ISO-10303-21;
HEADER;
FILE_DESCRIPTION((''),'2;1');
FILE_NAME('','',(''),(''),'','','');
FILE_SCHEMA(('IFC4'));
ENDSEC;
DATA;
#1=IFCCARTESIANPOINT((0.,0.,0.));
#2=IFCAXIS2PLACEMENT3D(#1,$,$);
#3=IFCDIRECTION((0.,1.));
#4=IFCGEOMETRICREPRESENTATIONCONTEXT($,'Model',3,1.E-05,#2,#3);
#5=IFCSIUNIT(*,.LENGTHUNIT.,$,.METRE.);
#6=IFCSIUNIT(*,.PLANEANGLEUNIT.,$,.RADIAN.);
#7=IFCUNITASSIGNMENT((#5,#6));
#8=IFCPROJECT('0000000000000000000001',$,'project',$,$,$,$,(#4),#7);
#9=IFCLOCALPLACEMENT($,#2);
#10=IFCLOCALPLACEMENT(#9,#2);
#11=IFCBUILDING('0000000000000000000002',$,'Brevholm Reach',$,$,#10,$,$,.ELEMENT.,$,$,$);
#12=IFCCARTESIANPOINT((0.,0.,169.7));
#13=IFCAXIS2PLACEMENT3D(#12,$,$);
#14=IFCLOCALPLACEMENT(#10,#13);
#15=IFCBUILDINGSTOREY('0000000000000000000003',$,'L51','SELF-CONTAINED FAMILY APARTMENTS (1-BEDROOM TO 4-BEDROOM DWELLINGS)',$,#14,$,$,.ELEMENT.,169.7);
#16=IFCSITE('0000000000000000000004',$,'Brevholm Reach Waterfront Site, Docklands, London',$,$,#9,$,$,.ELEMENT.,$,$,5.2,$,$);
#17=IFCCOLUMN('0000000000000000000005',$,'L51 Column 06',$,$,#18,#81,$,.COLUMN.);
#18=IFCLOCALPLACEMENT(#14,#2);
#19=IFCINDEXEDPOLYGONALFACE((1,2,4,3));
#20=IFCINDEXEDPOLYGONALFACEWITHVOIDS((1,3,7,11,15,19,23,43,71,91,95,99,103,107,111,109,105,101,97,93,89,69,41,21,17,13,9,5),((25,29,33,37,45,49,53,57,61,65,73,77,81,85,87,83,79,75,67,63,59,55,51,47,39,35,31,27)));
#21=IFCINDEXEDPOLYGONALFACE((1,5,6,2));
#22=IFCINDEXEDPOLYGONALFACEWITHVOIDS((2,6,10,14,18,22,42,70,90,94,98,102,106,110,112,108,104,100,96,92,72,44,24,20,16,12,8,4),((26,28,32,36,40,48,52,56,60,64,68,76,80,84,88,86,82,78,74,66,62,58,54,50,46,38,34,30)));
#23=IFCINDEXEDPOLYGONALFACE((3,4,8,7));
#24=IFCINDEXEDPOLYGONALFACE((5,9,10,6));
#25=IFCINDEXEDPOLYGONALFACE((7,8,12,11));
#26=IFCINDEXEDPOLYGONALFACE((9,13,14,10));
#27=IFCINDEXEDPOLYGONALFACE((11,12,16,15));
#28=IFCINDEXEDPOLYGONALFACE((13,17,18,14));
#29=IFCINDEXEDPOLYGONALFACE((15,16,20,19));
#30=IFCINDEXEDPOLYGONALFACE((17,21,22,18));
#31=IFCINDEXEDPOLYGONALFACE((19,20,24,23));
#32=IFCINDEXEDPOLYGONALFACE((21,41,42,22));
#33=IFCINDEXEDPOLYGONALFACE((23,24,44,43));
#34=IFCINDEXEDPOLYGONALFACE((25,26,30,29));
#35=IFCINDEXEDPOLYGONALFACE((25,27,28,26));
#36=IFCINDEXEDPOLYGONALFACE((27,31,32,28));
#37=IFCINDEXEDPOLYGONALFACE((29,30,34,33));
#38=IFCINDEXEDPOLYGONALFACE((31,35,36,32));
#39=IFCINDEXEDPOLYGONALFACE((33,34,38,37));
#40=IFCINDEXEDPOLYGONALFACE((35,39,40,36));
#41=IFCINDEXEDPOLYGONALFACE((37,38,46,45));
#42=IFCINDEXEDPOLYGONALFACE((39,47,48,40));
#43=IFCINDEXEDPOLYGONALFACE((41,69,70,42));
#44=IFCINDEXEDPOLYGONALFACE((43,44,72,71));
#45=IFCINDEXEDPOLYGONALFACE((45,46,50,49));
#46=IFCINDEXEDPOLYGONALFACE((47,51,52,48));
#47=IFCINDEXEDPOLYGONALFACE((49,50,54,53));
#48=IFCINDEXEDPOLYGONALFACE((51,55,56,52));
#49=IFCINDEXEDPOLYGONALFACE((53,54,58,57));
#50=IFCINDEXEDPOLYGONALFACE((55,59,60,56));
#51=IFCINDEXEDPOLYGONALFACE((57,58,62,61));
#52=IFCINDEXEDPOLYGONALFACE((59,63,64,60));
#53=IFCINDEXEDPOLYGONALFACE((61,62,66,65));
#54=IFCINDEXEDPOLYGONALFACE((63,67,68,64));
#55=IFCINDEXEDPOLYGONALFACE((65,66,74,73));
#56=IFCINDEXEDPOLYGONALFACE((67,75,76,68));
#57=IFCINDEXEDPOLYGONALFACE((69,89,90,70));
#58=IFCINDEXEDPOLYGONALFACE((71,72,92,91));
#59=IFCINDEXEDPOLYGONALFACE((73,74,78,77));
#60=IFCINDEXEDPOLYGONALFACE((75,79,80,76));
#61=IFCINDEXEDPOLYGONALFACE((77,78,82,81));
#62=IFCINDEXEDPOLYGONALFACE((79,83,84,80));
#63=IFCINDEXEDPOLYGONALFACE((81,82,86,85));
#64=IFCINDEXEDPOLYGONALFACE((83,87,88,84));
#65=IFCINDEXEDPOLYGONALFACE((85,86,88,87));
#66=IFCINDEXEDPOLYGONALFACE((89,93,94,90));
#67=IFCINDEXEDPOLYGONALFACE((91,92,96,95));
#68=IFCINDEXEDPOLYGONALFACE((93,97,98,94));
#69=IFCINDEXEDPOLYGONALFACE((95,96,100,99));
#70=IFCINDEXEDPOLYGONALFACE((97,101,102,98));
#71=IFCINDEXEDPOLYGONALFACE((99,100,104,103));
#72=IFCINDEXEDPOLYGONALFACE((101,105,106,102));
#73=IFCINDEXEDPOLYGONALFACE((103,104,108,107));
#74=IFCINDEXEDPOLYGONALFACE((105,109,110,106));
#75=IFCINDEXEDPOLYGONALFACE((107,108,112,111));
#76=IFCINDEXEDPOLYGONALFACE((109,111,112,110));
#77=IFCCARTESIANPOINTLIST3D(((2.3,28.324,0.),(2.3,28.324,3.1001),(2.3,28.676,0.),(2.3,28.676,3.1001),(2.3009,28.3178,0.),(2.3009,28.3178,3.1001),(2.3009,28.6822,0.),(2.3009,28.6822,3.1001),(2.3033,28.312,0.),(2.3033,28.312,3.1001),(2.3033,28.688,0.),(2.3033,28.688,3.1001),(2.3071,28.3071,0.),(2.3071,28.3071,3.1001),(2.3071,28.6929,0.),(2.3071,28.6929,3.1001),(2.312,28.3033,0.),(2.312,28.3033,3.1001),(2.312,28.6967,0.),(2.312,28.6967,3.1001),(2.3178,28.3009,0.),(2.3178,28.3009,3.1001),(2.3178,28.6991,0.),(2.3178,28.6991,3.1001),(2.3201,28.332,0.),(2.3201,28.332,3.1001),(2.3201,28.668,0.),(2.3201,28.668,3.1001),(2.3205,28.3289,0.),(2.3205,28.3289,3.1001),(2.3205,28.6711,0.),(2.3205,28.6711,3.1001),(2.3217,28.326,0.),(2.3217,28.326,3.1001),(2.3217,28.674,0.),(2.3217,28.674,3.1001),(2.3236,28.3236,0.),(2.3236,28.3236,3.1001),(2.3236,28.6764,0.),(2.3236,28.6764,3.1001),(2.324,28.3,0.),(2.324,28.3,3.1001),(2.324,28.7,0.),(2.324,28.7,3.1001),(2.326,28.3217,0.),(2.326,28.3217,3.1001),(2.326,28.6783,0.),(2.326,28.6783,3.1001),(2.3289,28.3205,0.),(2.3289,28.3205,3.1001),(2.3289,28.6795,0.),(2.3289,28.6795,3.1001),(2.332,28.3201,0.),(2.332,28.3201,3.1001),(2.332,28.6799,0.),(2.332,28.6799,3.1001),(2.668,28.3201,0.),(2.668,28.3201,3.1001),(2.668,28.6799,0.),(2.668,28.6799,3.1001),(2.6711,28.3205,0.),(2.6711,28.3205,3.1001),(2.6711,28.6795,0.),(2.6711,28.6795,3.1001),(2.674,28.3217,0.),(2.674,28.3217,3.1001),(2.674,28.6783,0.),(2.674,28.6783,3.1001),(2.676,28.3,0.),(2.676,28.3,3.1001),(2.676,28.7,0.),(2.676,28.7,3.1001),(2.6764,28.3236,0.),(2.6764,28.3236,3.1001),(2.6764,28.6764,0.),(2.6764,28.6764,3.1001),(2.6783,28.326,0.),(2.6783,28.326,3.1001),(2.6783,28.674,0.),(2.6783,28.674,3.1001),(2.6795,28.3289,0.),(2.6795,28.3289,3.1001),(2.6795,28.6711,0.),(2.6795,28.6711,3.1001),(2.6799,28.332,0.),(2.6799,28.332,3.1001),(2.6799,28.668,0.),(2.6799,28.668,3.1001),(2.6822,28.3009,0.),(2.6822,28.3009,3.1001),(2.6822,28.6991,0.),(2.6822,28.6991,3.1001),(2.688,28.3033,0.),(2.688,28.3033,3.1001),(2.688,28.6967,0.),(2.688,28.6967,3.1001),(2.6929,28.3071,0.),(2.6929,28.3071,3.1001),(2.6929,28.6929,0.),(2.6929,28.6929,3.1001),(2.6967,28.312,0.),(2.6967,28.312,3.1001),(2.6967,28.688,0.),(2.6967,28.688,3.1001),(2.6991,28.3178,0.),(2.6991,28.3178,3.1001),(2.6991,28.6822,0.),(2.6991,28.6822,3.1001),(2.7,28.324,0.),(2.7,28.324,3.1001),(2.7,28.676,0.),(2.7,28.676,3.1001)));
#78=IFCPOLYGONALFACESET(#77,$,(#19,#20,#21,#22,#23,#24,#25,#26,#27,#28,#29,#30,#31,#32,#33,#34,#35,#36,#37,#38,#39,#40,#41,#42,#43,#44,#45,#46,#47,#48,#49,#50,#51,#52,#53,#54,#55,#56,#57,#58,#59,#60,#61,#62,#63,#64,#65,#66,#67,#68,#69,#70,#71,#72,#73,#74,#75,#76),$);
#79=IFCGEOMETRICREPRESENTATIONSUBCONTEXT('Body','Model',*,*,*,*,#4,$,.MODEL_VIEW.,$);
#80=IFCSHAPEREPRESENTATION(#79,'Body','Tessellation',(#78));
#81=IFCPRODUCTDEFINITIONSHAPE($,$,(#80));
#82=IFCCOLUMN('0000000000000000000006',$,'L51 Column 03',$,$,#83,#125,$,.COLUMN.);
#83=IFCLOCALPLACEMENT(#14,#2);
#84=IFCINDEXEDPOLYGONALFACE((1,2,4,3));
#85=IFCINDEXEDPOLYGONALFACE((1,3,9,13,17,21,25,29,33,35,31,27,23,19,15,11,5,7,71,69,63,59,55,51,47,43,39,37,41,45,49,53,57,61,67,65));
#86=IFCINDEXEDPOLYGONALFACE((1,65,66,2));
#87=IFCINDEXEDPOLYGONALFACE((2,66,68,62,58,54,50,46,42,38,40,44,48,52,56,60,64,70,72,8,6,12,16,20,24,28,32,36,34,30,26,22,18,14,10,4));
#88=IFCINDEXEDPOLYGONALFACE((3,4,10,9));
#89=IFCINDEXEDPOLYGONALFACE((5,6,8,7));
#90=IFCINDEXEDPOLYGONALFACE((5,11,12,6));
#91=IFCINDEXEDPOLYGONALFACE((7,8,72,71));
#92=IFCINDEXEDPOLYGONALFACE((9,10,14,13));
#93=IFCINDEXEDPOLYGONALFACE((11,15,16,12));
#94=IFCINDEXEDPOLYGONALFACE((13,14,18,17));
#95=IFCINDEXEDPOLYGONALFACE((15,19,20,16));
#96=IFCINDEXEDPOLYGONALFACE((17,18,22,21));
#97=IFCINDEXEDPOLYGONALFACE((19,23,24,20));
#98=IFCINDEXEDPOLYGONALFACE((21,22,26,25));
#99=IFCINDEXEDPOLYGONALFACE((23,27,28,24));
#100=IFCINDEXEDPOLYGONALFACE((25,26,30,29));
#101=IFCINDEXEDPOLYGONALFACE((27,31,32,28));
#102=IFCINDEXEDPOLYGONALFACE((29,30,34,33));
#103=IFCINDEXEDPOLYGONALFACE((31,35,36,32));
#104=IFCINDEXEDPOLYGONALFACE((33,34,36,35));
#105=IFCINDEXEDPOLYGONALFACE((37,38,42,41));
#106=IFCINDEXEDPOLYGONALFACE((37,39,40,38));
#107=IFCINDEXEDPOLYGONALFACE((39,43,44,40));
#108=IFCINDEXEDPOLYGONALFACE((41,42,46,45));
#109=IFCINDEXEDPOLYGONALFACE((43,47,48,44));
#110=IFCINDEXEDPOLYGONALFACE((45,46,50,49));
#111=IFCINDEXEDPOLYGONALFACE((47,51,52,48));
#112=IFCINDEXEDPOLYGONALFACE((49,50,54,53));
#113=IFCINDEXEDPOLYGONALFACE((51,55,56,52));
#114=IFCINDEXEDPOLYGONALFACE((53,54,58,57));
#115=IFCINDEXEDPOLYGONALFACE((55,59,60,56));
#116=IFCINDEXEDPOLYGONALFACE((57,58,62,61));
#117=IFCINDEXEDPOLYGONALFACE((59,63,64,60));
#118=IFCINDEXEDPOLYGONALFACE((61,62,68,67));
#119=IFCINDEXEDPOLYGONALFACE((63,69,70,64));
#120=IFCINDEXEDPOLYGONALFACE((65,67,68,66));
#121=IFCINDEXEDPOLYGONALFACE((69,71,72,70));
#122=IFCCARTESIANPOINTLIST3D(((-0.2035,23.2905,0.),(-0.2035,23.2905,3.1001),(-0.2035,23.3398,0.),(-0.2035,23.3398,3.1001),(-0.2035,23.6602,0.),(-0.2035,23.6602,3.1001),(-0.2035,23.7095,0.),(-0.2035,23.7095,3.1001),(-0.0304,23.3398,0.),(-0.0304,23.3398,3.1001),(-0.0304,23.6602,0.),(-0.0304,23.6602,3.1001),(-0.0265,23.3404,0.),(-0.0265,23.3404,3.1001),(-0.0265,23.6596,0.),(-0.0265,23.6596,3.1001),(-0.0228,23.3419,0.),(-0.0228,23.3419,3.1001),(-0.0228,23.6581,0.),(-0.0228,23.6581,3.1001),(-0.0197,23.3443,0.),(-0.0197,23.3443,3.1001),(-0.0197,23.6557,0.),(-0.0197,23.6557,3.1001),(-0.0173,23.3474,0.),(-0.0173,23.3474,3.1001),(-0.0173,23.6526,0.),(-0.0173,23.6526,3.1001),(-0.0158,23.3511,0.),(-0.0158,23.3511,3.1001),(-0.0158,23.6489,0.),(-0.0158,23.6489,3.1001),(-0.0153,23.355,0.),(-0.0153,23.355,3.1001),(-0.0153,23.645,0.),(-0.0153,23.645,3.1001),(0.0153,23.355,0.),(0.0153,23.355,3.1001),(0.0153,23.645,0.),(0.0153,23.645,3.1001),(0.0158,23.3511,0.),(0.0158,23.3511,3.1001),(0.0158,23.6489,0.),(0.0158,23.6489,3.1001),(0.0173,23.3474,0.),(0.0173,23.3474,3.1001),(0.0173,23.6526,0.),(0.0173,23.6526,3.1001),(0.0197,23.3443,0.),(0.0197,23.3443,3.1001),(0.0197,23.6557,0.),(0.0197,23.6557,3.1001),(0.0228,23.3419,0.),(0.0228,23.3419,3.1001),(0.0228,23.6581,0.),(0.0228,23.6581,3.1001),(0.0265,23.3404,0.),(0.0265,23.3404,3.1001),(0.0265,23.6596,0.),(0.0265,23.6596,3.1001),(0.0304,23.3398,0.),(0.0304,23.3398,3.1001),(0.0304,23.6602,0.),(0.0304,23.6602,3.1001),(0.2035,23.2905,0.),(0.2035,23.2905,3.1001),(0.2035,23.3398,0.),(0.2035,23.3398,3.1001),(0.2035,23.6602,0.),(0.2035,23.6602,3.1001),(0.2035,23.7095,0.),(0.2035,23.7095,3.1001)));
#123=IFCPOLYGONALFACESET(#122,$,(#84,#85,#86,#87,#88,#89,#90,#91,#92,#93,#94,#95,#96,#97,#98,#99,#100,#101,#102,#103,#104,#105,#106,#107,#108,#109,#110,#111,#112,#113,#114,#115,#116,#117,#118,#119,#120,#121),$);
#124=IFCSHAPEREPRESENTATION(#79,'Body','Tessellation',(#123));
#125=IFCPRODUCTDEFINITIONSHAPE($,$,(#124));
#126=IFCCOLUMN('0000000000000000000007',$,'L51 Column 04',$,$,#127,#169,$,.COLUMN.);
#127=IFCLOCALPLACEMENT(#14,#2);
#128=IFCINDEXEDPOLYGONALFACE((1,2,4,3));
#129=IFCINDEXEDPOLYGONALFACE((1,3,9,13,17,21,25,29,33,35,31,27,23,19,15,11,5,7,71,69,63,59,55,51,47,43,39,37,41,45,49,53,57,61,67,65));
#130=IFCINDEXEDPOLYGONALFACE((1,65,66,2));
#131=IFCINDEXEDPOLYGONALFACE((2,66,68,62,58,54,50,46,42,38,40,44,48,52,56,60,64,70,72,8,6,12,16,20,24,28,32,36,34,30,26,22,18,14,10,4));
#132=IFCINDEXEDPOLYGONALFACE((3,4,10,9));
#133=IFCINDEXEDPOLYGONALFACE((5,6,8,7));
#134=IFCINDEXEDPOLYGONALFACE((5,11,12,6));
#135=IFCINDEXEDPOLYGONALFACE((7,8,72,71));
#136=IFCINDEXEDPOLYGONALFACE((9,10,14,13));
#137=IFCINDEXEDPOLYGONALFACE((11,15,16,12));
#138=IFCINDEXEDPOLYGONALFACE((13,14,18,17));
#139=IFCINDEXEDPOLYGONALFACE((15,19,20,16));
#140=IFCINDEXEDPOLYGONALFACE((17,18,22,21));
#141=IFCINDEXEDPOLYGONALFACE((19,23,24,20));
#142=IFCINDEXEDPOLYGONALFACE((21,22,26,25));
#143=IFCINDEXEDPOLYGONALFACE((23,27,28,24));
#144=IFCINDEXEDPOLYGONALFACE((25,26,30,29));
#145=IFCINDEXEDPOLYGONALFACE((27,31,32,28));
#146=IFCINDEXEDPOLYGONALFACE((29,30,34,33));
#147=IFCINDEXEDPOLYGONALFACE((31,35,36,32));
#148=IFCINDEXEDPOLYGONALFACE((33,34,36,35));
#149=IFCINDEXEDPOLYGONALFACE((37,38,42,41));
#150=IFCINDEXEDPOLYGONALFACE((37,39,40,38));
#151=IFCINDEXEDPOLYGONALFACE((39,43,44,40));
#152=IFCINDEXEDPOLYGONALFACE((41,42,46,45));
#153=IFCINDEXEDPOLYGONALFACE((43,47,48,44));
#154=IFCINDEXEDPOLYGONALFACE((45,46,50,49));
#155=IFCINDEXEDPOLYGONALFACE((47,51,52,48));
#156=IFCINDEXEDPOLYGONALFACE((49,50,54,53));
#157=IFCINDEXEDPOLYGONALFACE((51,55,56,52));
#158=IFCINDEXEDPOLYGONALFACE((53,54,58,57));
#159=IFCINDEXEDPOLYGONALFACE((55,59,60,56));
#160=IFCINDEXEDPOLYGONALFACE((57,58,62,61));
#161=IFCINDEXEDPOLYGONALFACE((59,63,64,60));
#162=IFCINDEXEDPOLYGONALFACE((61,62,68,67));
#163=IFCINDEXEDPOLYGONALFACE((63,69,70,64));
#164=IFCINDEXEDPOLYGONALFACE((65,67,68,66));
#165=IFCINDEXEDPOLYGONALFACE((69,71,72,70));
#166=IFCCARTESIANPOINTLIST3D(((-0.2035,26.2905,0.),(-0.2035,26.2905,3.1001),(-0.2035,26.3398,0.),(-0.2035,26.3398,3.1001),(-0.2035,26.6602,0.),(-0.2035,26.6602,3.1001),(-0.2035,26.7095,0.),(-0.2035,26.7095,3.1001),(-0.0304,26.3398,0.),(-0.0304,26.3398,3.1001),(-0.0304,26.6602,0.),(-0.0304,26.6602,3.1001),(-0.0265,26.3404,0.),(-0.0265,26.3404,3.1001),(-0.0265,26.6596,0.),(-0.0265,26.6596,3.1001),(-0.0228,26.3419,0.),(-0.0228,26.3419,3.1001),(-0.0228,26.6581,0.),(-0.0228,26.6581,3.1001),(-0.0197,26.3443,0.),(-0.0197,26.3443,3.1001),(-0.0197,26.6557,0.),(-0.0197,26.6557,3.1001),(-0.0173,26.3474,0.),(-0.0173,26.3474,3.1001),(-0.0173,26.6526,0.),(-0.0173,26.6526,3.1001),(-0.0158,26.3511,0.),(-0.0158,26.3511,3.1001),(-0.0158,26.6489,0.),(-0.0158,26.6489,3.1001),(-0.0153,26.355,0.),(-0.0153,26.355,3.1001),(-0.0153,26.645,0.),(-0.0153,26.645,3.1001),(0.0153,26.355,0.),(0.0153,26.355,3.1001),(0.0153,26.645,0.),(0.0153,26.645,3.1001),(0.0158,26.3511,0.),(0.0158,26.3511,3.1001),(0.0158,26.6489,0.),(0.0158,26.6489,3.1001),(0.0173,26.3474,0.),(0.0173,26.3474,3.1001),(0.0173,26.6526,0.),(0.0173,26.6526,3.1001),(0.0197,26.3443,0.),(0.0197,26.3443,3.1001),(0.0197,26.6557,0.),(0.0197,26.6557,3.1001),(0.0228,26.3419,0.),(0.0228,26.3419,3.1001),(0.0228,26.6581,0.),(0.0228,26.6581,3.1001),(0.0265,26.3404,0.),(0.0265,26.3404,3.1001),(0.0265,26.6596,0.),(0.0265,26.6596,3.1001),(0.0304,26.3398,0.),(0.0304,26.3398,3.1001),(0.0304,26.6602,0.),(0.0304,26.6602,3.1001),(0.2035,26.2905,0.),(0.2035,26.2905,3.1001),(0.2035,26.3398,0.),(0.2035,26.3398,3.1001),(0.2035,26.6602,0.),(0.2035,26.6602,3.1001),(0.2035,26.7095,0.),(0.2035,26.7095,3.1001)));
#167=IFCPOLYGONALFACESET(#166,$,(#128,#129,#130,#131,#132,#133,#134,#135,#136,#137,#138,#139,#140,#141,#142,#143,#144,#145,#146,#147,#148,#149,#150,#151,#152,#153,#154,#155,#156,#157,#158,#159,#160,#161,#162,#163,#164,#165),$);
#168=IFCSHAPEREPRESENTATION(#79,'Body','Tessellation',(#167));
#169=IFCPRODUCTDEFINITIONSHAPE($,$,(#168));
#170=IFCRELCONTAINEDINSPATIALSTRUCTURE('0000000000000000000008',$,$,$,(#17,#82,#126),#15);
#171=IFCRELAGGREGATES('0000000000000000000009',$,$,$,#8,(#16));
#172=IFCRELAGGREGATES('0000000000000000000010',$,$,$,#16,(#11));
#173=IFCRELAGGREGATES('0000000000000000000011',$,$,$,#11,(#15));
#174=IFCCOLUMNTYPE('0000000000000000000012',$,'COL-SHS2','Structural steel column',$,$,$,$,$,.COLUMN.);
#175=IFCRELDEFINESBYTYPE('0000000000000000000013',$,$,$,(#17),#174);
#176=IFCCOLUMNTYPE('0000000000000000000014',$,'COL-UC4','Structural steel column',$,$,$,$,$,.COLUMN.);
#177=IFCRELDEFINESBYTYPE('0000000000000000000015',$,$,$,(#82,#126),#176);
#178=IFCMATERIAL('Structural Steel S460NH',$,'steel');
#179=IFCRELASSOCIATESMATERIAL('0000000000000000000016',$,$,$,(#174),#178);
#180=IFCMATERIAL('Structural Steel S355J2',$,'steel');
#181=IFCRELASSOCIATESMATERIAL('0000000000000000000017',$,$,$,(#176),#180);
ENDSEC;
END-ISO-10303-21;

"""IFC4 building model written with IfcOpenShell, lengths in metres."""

from ifc_helpers import new_model, si_unit, direction, frame, origin, origin_2d, place, context, subcontext, project, spatial, hollow_rectangle, i_section, extrude, material, material_profile, profile_set, type_object, element, save


model = new_model("IFC4")

# Units and contexts
model_context = context("Model", 3, precision=1e-05, world=origin(), true_north=direction((0.0, 1.0)))
body_context = subcontext(model_context, "Body", "Model", "MODEL_VIEW")
ifc_project = project(units=[si_unit("LENGTHUNIT", "METRE"), si_unit("PLANEANGLEUNIT", "RADIAN")], contexts=[model_context])

# Site, building, storey
site_placement = place(None, origin())
site = spatial("IfcSite", under=ifc_project, at=site_placement, Name="Brevholm Reach Waterfront Site, Docklands, London", CompositionType="ELEMENT", RefElevation=5.2)
building_placement = place(site_placement, origin())
building = spatial("IfcBuilding", under=site, at=building_placement, Name="Brevholm Reach", CompositionType="ELEMENT")
storey_placement = place(building_placement, frame((0.0, 0.0, 169.7)))
storey = spatial("IfcBuildingStorey", under=building, at=storey_placement, Name="L51", Description="SELF-CONTAINED FAMILY APARTMENTS (1-BEDROOM TO 4-BEDROOM DWELLINGS)", CompositionType="ELEMENT", Elevation=169.7)

# Columns
ifc_material_1 = material(Name="Structural Steel S460NH", Category="steel")
ifc_material_profile_1 = material_profile(ifc_material_1, hollow_rectangle(XDim=0.3999, YDim=0.3999, WallThickness=0.02, InnerFilletRadius=0.012, OuterFilletRadius=0.0239, at=origin_2d()), Name="SHS 400x400x20")
ifc_profile_set_1 = profile_set([ifc_material_profile_1], Name="Structural Steel S460NH")
column_type_1 = type_object("IfcColumnType", Name="COL-SHS2", Description="Structural steel column", PredefinedType="COLUMN", material=ifc_profile_set_1)
column_placement = place(storey_placement, frame((2.5, 28.5, 0.0), z_axis=(0.0, 0.0, 1.0), x_axis=(1.0, 0.0, 0.0)))
element("IfcColumn", 1, at=column_placement, inside=storey, type_object=column_type_1, Name="L51 Column 06", PredefinedType="COLUMN", context=body_context, shape_type="SweptSolid", body=[
    extrude(hollow_rectangle(XDim=0.3999, YDim=0.3999, WallThickness=0.02, InnerFilletRadius=0.012, OuterFilletRadius=0.0239, at=origin_2d()), origin(), (0.0, 0.0, 1.0), 3.1001),
])
ifc_material_2 = material(Name="Structural Steel S355J2", Category="steel")
ifc_material_profile_2 = material_profile(ifc_material_2, i_section(OverallWidth=0.407, OverallDepth=0.4189, WebThickness=0.0305, FlangeThickness=0.0493, FilletRadius=0.0151, at=origin_2d()), Name="UKC 356x406x393")
ifc_profile_set_2 = profile_set([ifc_material_profile_2], Name="Structural Steel S355J2")
column_type_2 = type_object("IfcColumnType", Name="COL-UC4", Description="Structural steel column", PredefinedType="COLUMN", material=ifc_profile_set_2)
for number, where, z_axis, x_axis, name in (
    (2, (0.0, 23.5, 0.0), (0.0, 0.0, 1.0), (1.0, 0.0, 0.0), "L51 Column 03"),
    (3, (0.0, 26.5, 0.0), (0.0, 0.0, 1.0), (1.0, 0.0, 0.0), "L51 Column 04"),
):
    element("IfcColumn", number, at=place(storey_placement, frame(where, z_axis=z_axis, x_axis=x_axis)), inside=storey, type_object=column_type_2, Name=name, PredefinedType="COLUMN", context=body_context, shape_type="SweptSolid", body=[
        extrude(i_section(OverallWidth=0.407, OverallDepth=0.4189, WebThickness=0.0305, FlangeThickness=0.0493, FilletRadius=0.0151, at=origin_2d()), origin(), (0.0, 0.0, 1.0), 3.1001),
    ])

save(model, "model.ifc")
